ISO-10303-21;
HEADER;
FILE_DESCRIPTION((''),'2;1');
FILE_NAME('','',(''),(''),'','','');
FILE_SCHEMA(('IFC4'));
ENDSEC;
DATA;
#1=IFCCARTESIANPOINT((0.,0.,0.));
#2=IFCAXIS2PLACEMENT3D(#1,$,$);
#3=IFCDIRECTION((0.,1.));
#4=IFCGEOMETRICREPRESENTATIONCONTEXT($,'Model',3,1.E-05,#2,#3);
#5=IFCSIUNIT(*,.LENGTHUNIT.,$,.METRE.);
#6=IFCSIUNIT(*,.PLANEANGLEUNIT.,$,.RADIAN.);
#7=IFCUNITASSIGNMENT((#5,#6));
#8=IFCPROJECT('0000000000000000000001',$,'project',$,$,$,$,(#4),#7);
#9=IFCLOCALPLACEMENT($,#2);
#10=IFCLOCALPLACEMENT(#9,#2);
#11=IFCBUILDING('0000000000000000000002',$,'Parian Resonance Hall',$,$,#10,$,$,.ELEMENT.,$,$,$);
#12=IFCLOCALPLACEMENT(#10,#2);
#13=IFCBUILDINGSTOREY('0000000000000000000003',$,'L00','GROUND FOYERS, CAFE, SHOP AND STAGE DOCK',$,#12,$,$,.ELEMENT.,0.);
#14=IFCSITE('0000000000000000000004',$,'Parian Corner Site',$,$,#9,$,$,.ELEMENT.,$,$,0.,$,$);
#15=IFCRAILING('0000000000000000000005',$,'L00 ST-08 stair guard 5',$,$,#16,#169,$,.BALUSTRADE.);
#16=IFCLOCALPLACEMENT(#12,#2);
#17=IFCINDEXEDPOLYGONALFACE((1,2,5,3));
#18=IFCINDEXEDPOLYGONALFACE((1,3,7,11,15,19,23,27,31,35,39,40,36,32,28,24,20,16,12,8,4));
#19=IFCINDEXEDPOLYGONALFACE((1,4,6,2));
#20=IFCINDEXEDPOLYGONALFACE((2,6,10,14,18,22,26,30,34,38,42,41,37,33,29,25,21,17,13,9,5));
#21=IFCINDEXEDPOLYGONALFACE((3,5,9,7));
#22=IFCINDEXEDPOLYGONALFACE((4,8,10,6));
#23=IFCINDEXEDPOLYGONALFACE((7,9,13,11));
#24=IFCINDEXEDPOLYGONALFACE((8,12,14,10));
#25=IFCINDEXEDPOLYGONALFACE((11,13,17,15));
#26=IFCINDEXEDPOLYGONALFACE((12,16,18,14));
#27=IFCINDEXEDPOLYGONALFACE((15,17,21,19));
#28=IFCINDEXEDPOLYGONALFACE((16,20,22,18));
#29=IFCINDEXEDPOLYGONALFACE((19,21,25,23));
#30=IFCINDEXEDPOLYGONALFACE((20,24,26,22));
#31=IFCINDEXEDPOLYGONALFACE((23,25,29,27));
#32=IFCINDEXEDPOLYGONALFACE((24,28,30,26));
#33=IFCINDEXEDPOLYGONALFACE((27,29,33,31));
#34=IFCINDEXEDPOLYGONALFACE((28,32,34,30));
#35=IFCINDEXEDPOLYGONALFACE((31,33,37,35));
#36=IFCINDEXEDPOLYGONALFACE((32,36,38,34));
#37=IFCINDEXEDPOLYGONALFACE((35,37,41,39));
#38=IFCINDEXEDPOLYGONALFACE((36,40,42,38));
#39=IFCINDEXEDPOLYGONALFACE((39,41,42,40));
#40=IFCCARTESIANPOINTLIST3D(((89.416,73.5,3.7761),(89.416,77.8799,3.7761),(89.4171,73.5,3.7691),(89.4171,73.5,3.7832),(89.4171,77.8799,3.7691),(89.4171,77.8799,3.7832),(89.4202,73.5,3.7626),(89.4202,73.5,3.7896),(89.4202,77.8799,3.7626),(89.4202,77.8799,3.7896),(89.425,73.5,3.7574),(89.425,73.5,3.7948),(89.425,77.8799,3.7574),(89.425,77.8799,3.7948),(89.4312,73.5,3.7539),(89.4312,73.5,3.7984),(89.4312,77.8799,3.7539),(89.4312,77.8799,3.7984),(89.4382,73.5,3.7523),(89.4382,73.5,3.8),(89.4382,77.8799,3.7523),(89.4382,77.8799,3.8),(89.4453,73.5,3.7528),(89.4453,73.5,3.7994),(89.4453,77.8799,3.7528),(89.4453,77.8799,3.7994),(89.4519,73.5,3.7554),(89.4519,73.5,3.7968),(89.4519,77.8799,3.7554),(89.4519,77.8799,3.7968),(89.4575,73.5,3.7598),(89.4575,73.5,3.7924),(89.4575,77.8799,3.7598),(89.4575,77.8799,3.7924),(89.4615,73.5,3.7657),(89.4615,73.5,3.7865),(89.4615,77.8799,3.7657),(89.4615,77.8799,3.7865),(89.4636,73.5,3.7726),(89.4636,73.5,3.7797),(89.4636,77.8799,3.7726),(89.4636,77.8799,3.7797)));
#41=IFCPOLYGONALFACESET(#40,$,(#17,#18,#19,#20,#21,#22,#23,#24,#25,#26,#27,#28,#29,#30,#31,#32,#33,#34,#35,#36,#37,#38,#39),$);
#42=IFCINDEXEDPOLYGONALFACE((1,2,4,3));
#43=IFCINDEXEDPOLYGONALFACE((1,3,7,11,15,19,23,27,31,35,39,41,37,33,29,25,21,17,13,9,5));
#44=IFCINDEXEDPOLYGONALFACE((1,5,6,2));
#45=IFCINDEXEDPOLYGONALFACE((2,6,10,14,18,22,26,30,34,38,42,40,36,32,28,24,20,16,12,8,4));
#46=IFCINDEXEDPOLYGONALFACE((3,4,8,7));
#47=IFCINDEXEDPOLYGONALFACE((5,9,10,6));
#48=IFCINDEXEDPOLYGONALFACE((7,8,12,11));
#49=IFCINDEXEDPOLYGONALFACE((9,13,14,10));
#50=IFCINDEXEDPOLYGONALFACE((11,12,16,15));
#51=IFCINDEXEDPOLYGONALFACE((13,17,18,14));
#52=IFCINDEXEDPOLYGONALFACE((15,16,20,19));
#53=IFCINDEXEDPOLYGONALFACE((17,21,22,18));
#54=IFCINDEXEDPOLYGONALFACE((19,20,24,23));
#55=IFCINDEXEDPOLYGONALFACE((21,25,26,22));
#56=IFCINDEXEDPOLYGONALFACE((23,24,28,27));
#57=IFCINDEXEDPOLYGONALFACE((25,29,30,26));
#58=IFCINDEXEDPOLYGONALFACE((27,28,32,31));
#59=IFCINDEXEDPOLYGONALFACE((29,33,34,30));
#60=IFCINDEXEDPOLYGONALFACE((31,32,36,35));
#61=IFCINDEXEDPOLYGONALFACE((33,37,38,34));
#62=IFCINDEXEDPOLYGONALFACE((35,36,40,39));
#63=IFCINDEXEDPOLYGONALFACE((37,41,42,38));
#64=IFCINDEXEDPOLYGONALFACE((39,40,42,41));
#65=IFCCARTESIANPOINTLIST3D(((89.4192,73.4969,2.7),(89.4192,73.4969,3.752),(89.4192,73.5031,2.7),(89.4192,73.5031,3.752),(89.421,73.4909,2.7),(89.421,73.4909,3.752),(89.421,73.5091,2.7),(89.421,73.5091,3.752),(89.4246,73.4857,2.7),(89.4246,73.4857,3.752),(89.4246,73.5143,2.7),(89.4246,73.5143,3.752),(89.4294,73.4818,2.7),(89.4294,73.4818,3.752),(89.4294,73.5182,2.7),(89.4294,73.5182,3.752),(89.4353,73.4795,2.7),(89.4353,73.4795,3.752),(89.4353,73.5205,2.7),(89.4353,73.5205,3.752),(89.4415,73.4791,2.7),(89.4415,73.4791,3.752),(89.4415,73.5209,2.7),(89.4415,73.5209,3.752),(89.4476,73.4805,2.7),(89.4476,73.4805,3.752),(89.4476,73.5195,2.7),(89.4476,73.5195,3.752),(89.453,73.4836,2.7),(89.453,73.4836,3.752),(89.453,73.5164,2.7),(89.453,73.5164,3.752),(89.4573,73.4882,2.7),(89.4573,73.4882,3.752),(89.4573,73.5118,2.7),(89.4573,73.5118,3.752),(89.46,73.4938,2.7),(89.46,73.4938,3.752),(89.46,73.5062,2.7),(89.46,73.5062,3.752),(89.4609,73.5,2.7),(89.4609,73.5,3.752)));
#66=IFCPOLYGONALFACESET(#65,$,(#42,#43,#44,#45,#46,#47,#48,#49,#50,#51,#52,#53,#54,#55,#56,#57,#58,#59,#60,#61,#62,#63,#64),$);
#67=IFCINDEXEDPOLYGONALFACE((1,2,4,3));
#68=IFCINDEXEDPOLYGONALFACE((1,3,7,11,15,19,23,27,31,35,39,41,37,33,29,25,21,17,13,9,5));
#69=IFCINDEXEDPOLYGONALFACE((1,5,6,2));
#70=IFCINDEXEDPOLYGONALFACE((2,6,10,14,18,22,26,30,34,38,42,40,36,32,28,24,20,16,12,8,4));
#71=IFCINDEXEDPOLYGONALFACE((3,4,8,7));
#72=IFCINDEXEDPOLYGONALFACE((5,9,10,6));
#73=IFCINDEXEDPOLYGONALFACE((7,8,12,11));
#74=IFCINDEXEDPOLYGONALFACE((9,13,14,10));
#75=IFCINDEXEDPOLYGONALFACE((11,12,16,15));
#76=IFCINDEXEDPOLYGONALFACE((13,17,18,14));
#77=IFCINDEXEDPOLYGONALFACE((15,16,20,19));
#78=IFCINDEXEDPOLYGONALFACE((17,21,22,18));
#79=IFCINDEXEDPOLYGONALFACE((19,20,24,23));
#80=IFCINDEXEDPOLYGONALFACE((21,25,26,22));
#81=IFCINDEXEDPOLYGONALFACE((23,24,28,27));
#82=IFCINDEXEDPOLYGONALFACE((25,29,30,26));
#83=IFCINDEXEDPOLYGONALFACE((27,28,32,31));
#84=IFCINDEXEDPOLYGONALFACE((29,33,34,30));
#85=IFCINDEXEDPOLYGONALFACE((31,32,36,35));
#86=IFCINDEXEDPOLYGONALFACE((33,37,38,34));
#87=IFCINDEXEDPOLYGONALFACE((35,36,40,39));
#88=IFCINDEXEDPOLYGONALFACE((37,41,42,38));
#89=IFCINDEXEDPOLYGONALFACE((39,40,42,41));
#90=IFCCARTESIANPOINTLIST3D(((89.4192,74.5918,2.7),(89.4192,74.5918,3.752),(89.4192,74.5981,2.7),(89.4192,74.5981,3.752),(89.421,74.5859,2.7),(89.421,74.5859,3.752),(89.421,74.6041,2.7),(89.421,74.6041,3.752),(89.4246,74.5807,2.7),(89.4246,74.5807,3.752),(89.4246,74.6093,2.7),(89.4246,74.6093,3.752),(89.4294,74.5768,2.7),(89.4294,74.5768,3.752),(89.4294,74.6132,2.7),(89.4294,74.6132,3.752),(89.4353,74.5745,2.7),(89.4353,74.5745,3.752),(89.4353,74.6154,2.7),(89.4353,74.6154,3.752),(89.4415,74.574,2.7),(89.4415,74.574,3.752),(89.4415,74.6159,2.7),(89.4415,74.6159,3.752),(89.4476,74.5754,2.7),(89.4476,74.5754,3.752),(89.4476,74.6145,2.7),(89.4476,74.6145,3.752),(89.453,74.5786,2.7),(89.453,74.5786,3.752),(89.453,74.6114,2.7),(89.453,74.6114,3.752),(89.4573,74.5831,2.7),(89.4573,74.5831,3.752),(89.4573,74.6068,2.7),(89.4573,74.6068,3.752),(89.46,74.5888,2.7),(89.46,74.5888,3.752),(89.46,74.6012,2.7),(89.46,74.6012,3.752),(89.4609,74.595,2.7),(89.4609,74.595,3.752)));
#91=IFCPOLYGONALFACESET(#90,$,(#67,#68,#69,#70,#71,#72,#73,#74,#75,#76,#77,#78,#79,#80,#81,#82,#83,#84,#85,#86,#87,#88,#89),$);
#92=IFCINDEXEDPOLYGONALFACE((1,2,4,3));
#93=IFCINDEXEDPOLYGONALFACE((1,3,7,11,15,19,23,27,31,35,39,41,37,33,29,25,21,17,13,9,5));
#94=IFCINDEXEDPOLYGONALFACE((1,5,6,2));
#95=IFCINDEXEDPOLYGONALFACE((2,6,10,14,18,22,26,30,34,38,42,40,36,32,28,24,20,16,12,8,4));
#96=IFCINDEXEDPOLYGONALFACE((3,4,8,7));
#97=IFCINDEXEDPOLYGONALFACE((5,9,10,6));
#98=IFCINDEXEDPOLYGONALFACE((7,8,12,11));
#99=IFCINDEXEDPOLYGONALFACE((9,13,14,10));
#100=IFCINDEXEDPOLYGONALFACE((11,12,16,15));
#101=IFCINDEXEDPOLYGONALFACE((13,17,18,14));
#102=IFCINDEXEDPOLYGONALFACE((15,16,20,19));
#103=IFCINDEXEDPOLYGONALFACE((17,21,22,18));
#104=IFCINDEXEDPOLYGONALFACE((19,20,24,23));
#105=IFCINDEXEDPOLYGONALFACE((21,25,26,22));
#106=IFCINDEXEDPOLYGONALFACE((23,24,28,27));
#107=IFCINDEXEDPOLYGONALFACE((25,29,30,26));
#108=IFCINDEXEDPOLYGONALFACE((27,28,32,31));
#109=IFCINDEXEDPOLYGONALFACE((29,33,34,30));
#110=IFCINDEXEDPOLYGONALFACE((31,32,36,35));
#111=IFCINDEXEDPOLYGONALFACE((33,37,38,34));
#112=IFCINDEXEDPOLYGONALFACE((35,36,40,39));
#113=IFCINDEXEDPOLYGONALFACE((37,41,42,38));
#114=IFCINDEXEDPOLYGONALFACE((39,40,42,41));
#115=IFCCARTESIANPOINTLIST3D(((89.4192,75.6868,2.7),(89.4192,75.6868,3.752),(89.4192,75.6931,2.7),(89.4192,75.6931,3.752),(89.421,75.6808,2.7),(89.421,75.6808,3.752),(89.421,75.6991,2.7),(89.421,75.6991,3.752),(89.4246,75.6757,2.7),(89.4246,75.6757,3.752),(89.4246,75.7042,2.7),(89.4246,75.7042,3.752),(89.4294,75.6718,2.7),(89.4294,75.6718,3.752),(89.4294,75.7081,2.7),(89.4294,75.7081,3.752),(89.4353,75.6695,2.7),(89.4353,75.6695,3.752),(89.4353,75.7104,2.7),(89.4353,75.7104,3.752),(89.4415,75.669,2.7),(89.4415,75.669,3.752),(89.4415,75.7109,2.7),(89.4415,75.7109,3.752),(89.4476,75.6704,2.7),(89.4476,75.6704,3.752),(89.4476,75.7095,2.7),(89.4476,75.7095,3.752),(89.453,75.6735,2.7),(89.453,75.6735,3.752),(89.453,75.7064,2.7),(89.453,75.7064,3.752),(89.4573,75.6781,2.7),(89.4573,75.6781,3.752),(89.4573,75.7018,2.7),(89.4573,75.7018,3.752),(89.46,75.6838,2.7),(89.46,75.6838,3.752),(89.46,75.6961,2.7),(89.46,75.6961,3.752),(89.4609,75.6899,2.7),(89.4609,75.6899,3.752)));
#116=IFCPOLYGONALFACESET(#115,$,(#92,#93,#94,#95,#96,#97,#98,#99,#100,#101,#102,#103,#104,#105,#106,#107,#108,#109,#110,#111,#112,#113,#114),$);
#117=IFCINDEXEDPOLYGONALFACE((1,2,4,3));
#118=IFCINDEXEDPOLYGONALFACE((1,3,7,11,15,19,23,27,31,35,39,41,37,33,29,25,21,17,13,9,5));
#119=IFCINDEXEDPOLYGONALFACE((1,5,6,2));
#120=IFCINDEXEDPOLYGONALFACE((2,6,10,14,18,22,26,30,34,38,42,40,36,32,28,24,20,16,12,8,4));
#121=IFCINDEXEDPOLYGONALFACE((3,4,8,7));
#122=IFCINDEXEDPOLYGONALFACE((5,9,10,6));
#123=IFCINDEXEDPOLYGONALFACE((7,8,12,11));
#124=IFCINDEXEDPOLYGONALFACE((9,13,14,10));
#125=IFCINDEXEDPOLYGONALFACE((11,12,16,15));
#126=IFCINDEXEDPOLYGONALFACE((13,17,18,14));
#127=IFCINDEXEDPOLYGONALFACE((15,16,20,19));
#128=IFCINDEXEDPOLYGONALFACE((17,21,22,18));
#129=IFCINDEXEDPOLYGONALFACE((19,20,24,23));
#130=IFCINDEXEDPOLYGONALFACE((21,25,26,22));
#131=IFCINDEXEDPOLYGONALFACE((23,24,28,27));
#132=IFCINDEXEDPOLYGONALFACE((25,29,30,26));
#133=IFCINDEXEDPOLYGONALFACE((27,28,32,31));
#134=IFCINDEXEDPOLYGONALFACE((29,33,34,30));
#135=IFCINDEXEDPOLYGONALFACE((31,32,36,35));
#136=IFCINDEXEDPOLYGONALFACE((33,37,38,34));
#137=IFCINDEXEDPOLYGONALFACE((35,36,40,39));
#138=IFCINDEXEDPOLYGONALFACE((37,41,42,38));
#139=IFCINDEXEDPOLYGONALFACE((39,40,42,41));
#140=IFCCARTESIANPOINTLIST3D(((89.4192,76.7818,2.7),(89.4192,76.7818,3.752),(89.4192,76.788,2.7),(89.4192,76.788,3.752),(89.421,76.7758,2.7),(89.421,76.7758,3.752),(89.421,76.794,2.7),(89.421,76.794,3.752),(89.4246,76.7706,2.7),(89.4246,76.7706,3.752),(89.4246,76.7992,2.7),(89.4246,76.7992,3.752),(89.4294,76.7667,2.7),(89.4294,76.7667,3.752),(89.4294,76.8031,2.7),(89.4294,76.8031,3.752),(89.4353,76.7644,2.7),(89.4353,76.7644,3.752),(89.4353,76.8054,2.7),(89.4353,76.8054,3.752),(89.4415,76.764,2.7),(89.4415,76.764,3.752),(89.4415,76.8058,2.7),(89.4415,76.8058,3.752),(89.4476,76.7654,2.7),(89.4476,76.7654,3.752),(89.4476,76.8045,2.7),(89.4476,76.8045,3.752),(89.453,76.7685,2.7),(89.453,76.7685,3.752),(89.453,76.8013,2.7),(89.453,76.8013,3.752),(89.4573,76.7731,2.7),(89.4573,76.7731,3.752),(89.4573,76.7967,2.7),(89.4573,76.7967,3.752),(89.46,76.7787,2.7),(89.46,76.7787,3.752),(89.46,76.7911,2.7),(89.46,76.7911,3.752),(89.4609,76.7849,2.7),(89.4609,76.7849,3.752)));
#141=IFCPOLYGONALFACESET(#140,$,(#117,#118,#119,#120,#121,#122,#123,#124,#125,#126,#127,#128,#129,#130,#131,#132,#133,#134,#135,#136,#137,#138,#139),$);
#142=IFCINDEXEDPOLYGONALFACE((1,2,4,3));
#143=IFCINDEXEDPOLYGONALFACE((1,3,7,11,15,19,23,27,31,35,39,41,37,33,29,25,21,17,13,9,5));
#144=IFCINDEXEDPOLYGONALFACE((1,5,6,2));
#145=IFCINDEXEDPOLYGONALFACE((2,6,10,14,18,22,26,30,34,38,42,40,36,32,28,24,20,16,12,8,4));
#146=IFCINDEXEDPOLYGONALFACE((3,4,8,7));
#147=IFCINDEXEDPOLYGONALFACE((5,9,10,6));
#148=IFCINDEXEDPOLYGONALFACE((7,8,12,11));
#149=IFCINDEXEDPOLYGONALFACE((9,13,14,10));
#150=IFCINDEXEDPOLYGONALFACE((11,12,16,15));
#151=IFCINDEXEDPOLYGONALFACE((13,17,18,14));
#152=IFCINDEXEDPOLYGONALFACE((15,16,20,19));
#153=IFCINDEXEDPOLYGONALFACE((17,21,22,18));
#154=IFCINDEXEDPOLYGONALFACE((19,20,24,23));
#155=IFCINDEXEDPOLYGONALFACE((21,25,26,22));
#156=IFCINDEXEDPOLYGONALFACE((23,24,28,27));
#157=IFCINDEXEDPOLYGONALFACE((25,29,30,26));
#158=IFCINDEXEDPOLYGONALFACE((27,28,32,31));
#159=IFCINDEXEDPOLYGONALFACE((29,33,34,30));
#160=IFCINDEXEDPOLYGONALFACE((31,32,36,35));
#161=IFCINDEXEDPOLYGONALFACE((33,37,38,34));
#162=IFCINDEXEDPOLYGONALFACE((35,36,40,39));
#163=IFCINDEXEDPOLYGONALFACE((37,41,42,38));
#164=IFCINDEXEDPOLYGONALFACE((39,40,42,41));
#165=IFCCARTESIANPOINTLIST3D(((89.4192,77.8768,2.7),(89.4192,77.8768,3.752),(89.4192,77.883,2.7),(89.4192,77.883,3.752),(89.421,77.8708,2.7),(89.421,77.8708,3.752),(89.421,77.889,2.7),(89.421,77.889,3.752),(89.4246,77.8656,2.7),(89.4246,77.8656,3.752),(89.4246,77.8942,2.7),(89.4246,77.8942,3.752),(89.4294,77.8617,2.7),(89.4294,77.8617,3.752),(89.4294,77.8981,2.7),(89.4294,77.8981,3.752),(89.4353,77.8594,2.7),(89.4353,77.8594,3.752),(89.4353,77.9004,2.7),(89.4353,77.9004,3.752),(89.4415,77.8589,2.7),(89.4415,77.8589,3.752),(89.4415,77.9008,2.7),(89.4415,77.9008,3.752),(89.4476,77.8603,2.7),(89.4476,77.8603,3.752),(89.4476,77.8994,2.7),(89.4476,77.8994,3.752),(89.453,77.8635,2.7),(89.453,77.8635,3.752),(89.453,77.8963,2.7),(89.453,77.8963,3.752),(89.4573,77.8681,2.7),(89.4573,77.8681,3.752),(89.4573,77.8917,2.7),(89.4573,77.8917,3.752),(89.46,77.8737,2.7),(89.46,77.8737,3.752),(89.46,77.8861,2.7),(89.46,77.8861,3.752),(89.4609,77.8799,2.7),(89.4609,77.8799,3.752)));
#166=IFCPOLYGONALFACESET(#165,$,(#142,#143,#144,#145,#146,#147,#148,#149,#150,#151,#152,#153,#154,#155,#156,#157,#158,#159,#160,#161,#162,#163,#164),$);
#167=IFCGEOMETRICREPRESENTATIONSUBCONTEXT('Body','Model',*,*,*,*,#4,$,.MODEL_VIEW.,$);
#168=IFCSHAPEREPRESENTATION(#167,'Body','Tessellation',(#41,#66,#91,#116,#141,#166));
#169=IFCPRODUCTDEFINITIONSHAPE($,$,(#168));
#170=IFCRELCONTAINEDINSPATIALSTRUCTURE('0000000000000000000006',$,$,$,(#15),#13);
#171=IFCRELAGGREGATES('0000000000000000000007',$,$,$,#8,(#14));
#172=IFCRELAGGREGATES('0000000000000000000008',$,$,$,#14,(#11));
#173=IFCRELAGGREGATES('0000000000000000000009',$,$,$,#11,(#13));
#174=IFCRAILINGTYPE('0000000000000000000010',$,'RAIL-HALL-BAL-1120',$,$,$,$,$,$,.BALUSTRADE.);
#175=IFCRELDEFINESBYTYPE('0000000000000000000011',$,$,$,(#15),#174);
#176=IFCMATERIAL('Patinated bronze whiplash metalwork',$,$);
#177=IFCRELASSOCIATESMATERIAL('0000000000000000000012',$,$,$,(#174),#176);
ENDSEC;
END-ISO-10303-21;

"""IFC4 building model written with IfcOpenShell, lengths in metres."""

from ifc_helpers import new_model, si_unit, direction, frame, origin, origin_2d, place, context, subcontext, project, spatial, circle, extrude, material, type_object, element, save


model = new_model("IFC4")

# Units and contexts
model_context = context("Model", 3, precision=1e-05, world=origin(), true_north=direction((0.0, 1.0)))
body_context = subcontext(model_context, "Body", "Model", "MODEL_VIEW")
ifc_project = project(units=[si_unit("LENGTHUNIT", "METRE"), si_unit("PLANEANGLEUNIT", "RADIAN")], contexts=[model_context])

# Site, building, storey
site_placement = place(None, origin())
site = spatial("IfcSite", under=ifc_project, at=site_placement, Name="Parian Corner Site", CompositionType="ELEMENT", RefElevation=0.0)
building_placement = place(site_placement, origin())
building = spatial("IfcBuilding", under=site, at=building_placement, Name="Parian Resonance Hall", CompositionType="ELEMENT")
storey_placement = place(building_placement, origin())
storey = spatial("IfcBuildingStorey", under=building, at=storey_placement, Name="L00", Description="GROUND FOYERS, CAFE, SHOP AND STAGE DOCK", CompositionType="ELEMENT", Elevation=0.0)

# Railing
ifc_material_1 = material(Name="Patinated bronze whiplash metalwork")
railing_type_1 = type_object("IfcRailingType", Name="RAIL-HALL-BAL-1120", PredefinedType="BALUSTRADE", material=ifc_material_1)
railing_1_placement = place(storey_placement, frame((89.4399, 73.5, 2.7)))
element("IfcRailing", 1, at=railing_1_placement, inside=storey, type_object=railing_type_1, Name="L00 ST-08 stair guard 5", PredefinedType="BALUSTRADE", context=body_context, shape_type="SweptSolid", body=[
    extrude(circle(Radius=0.0239, at=origin_2d()), frame((0.0, 0.0, 1.0762), z_axis=(0.0, 1.0, 0.0), x_axis=(-1.0, 0.0, 0.0)), (0.0, 0.0, 1.0), 4.3799),
    extrude(circle(Radius=0.021, at=origin_2d()), origin(), (0.0, 0.0, 1.0), 1.052),
    extrude(circle(Radius=0.021, at=origin_2d()), frame((0.0, 1.095, 0.0)), (0.0, 0.0, 1.0), 1.052),
    extrude(circle(Radius=0.021, at=origin_2d()), frame((0.0, 2.1899, 0.0)), (0.0, 0.0, 1.0), 1.052),
    extrude(circle(Radius=0.021, at=origin_2d()), frame((0.0, 3.2849, 0.0)), (0.0, 0.0, 1.0), 1.052),
    extrude(circle(Radius=0.021, at=origin_2d()), frame((0.0, 4.3799, 0.0)), (0.0, 0.0, 1.0), 1.052),
])

save(model, "model.ifc")
